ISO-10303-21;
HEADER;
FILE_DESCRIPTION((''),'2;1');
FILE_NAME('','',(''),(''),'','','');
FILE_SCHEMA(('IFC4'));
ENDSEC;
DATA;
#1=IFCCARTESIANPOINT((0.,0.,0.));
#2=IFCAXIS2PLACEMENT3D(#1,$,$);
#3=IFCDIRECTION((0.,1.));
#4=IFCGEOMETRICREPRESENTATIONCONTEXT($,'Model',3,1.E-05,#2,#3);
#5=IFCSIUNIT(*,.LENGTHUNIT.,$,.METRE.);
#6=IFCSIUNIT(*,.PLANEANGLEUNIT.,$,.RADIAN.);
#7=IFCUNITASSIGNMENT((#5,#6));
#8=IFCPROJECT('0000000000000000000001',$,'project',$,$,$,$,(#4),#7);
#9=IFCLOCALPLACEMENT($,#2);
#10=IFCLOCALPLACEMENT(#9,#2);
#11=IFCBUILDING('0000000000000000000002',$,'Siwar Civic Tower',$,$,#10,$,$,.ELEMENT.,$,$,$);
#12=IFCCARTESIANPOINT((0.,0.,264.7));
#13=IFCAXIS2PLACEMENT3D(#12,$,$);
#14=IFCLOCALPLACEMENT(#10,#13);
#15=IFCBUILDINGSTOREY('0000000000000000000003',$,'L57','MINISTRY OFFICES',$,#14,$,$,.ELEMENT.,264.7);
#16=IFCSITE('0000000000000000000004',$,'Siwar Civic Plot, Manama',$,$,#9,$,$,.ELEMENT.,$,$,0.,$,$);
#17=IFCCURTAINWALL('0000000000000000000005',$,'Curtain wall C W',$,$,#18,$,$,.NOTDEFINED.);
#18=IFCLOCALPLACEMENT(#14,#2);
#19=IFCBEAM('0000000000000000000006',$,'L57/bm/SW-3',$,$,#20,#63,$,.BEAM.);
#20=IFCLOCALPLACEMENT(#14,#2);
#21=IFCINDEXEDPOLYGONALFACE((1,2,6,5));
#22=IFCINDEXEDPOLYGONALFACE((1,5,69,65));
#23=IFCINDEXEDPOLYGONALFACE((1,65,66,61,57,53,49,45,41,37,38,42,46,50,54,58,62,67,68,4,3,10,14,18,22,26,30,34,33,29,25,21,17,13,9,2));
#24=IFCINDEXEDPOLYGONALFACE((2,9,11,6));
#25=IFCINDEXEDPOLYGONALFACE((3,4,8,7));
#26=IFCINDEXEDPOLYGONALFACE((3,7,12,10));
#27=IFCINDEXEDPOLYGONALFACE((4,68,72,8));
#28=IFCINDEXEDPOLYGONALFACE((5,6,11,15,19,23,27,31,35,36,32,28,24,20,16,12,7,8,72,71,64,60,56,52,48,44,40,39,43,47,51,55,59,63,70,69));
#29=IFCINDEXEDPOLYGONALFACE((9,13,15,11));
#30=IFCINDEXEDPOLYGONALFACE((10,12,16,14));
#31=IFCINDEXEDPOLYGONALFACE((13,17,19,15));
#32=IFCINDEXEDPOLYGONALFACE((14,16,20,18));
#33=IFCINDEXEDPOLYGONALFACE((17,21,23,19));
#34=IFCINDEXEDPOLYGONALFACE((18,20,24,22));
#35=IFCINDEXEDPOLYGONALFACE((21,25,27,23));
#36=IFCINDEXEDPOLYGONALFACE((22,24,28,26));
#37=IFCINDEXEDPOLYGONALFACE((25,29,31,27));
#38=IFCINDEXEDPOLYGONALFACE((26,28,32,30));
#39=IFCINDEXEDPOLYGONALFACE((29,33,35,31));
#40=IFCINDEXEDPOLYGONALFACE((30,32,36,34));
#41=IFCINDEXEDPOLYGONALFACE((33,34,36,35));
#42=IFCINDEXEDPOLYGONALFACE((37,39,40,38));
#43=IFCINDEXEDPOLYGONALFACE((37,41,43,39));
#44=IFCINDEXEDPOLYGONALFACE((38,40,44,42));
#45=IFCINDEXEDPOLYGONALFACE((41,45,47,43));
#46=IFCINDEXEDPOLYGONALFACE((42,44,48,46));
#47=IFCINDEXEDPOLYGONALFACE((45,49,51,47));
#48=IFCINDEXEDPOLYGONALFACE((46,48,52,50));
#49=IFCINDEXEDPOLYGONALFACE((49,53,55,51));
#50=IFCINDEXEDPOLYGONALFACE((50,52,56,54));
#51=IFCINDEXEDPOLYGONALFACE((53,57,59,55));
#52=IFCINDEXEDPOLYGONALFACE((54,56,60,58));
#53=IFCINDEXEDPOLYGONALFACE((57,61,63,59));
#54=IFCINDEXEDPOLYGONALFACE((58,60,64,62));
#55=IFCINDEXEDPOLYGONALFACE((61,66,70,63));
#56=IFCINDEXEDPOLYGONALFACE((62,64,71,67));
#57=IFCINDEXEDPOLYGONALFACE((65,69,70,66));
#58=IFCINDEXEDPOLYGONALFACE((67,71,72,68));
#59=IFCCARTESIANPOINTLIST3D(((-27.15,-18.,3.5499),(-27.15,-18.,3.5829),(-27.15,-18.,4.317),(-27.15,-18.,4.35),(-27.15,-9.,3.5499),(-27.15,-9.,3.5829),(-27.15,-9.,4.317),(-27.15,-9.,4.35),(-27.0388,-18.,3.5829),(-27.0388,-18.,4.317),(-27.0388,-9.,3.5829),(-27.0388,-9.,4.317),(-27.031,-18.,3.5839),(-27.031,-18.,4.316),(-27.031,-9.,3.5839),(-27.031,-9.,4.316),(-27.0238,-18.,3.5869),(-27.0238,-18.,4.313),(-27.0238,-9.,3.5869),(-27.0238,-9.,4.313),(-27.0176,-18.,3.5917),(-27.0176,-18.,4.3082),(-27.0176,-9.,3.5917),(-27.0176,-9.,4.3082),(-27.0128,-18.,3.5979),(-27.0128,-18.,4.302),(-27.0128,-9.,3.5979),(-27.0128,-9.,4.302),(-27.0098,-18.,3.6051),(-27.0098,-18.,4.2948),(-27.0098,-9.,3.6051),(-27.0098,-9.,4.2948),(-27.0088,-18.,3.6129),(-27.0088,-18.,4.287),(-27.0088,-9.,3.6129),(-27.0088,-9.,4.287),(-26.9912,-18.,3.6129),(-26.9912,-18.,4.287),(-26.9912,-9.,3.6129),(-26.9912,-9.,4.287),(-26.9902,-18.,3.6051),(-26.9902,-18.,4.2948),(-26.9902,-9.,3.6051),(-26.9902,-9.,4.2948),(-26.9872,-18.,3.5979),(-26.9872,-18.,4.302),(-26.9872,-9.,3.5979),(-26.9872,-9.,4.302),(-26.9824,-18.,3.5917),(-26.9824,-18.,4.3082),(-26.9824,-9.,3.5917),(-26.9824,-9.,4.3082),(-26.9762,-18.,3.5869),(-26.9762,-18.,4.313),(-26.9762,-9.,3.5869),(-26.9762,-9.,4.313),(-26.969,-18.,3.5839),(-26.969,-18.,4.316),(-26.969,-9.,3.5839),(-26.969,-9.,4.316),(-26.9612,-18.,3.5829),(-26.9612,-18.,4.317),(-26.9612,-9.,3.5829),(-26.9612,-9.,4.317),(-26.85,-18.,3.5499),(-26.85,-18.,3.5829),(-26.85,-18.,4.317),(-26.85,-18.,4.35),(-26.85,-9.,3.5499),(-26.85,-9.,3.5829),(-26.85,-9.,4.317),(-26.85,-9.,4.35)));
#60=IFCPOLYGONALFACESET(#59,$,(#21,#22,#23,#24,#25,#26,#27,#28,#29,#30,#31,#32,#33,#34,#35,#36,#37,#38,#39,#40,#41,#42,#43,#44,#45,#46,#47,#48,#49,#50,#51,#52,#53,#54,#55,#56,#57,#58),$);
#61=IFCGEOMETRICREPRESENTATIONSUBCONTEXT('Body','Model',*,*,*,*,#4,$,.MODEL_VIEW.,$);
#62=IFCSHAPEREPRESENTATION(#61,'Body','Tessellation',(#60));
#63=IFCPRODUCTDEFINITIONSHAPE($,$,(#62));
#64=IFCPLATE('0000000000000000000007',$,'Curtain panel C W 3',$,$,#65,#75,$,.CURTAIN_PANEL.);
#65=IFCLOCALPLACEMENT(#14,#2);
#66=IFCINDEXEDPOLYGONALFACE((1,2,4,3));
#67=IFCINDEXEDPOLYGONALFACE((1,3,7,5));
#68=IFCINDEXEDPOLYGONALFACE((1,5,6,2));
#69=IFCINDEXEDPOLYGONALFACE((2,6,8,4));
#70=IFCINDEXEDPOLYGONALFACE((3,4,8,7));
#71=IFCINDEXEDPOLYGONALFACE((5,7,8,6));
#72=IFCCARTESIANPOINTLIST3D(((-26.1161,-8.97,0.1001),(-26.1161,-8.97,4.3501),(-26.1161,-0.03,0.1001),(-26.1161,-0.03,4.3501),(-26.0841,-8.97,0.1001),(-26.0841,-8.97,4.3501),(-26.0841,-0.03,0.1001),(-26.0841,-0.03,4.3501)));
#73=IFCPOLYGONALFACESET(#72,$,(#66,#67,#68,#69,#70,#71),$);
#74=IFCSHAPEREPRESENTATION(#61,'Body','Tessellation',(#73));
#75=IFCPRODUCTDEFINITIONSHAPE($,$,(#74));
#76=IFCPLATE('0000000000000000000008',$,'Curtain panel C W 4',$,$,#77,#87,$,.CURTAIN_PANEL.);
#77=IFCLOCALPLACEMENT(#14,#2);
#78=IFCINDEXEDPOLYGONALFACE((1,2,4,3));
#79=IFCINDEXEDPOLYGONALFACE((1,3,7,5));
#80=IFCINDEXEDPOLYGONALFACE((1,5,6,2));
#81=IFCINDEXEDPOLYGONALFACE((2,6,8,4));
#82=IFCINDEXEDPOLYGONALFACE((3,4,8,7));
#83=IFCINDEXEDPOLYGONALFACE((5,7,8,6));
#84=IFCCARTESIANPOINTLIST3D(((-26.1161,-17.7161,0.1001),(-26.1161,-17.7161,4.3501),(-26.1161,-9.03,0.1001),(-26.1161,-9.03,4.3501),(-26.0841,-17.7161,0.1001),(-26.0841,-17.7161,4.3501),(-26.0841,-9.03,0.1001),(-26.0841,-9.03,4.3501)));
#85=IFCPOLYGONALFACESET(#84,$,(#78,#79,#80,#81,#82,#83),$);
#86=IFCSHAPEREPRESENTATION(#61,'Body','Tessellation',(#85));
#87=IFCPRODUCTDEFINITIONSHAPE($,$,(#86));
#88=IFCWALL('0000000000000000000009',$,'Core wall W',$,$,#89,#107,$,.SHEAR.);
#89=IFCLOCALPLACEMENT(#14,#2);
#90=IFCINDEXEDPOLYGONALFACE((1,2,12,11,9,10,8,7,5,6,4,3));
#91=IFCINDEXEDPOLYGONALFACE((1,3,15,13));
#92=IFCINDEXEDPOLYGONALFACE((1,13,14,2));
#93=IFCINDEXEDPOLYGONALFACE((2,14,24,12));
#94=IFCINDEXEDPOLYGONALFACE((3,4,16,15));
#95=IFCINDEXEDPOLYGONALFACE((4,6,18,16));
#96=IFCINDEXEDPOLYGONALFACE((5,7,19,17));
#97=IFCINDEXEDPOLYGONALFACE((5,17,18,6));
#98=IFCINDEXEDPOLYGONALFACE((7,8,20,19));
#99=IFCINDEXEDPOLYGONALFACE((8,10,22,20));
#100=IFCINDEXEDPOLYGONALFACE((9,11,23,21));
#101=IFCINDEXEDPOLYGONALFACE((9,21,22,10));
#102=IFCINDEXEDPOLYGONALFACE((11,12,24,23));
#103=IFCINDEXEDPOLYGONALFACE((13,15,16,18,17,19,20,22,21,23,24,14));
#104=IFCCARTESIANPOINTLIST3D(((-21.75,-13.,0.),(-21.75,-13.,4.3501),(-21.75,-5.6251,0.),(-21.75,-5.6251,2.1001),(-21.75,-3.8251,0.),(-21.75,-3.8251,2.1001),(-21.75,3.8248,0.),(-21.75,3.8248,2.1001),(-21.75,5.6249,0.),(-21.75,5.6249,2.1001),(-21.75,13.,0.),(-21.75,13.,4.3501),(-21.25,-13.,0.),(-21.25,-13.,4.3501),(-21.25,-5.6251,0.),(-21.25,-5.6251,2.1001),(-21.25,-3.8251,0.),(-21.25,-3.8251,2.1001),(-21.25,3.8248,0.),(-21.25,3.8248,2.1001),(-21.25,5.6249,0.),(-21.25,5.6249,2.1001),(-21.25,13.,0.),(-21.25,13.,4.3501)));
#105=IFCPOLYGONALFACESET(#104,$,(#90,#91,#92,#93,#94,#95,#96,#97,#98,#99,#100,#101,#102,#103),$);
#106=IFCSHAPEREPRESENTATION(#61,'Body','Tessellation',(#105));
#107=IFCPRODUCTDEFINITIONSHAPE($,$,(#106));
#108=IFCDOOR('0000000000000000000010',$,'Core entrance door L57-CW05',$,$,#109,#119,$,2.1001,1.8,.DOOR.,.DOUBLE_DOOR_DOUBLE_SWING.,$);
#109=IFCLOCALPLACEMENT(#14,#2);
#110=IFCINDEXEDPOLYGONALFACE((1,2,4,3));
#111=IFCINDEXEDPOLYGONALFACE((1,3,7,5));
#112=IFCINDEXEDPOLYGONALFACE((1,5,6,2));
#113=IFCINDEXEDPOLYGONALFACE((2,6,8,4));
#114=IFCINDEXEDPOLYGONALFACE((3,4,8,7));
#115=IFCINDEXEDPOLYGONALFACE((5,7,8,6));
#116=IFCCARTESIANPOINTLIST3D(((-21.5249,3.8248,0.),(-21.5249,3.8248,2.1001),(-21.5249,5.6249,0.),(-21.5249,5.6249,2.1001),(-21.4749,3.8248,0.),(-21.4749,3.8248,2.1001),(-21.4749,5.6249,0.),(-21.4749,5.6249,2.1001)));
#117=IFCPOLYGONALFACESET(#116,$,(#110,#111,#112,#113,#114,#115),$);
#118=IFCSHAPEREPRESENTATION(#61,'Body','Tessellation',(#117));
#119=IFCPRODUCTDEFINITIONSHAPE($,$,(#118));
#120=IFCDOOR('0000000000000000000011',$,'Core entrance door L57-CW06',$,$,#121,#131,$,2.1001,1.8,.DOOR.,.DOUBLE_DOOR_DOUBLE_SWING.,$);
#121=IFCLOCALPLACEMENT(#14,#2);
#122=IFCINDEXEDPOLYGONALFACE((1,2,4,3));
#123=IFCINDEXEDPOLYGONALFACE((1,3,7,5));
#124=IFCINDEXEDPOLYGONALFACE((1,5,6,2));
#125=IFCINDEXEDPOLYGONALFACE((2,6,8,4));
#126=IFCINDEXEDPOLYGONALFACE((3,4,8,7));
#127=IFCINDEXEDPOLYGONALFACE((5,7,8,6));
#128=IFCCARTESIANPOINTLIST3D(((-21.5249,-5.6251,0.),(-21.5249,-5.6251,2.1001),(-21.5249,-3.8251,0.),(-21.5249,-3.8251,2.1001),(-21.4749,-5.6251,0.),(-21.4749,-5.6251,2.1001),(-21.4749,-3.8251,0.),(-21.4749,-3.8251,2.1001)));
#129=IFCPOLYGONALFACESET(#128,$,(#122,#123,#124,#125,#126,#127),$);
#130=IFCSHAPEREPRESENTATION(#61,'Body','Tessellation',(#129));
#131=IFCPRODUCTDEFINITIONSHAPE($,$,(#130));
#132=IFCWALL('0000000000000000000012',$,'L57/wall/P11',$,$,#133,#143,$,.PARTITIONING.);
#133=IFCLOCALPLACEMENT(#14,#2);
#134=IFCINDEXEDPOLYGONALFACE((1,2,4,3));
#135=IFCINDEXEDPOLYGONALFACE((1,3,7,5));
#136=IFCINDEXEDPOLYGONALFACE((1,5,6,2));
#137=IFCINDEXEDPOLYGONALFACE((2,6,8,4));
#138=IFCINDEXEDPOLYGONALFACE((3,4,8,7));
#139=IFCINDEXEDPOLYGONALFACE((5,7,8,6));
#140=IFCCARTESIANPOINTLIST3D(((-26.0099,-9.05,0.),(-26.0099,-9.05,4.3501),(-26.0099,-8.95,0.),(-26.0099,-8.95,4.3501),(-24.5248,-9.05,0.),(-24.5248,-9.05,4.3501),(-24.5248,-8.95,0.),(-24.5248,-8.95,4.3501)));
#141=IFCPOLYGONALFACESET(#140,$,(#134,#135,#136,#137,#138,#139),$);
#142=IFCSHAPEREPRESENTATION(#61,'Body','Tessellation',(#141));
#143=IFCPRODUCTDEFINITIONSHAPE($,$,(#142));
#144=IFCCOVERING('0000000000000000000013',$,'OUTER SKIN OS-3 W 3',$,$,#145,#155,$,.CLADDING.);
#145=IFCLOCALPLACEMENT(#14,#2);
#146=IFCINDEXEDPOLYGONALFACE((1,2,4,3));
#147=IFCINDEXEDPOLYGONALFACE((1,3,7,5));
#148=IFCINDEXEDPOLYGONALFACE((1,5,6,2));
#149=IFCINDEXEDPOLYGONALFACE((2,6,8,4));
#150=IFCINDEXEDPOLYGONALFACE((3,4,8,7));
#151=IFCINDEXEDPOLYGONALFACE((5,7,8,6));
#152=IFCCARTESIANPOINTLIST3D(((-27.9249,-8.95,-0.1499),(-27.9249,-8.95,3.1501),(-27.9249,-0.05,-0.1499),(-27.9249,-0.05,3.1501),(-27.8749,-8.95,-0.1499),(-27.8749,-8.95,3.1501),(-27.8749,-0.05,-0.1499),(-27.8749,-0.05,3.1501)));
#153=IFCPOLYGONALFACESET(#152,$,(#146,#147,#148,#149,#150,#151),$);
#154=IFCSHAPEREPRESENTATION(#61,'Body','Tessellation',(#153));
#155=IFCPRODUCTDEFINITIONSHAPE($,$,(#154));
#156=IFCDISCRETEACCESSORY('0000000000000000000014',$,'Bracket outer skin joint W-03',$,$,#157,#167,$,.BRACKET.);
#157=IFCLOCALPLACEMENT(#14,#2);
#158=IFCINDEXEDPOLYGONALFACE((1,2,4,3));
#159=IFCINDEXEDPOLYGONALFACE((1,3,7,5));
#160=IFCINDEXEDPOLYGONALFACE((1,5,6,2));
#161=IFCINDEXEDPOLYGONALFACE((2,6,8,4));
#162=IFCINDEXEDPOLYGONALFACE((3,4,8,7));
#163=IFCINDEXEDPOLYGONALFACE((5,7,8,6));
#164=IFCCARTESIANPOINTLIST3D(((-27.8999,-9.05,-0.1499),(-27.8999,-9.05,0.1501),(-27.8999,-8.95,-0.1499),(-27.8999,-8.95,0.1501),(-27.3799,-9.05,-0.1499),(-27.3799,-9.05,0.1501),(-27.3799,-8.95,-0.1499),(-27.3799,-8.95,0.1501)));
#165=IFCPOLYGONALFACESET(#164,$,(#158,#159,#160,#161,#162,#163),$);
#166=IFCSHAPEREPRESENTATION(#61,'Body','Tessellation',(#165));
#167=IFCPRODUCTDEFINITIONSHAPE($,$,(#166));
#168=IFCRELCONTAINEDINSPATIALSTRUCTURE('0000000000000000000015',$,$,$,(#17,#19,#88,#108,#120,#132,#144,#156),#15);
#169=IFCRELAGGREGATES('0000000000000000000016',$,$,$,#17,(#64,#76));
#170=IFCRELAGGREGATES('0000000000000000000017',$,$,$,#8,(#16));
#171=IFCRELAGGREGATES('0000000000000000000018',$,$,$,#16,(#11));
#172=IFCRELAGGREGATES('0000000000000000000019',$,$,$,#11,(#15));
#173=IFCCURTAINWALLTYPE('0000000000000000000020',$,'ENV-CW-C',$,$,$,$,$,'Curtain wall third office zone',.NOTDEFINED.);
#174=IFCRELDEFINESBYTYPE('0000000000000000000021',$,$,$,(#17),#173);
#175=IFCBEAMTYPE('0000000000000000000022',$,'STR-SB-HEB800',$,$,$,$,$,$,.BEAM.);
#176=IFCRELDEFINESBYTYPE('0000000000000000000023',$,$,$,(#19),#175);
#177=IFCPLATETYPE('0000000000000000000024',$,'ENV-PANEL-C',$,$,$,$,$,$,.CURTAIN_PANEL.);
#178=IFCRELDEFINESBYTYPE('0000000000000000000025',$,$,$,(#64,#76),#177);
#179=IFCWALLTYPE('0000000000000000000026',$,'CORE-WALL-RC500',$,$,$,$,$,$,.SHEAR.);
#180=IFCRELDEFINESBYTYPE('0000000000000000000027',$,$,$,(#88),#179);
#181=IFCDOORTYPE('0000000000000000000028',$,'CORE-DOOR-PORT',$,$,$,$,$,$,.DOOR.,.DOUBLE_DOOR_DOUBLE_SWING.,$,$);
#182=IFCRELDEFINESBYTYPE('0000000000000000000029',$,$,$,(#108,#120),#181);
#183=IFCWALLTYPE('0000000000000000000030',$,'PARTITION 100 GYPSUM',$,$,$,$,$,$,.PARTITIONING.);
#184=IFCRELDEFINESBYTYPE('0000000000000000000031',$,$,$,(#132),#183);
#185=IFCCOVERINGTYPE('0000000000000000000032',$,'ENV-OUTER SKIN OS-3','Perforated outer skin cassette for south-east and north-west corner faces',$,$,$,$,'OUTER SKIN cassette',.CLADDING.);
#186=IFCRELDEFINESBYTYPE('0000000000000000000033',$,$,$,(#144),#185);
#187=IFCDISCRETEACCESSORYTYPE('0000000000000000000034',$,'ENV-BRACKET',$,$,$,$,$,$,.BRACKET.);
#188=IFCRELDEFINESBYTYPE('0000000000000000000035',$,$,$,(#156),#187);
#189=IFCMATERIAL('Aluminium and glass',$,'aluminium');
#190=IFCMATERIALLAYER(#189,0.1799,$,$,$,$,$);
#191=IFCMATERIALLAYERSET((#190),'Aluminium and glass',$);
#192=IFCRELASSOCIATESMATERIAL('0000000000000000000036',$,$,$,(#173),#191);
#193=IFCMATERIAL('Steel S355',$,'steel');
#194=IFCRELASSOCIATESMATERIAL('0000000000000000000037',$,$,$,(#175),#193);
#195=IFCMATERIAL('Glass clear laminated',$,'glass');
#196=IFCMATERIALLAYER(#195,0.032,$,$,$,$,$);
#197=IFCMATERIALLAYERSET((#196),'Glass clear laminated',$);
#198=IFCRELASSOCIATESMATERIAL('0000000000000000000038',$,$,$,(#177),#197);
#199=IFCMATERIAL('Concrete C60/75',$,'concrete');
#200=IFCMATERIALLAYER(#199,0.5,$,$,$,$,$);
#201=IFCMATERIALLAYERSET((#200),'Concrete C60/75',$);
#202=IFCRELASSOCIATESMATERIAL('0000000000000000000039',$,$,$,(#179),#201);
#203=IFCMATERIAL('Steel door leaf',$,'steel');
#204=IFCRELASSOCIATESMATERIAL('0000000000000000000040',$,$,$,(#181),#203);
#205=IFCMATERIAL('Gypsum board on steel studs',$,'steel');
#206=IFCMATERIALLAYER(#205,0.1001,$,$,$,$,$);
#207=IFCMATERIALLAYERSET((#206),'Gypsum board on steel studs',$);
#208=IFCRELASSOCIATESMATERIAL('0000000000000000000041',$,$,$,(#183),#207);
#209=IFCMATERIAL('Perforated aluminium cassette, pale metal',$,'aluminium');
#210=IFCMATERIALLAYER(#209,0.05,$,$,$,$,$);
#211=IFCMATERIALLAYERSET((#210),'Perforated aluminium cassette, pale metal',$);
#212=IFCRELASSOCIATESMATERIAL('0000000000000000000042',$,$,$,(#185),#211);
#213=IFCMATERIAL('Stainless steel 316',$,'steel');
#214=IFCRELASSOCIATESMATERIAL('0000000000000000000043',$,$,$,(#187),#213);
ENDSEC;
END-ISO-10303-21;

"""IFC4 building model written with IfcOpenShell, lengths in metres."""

from ifc_helpers import new_model, si_unit, direction, frame, frame_2d, origin, origin_2d, place, context, subcontext, project, spatial, rectangle, i_section, extrude, material, layer, layer_set, material_profile, profile_set, type_object, element, fill, aggregate, save


model = new_model("IFC4")

# Units and contexts
model_context = context("Model", 3, precision=1e-05, world=origin(), true_north=direction((0.0, 1.0)))
body_context = subcontext(model_context, "Body", "Model", "MODEL_VIEW")
ifc_project = project(units=[si_unit("LENGTHUNIT", "METRE"), si_unit("PLANEANGLEUNIT", "RADIAN")], contexts=[model_context])

# Site, building, storey
site_placement = place(None, origin())
site = spatial("IfcSite", under=ifc_project, at=site_placement, Name="Siwar Civic Plot, Manama", CompositionType="ELEMENT", RefElevation=0.0)
building_placement = place(site_placement, origin())
building = spatial("IfcBuilding", under=site, at=building_placement, Name="Siwar Civic Tower", CompositionType="ELEMENT")
storey_placement = place(building_placement, frame((0.0, 0.0, 264.7)))
storey = spatial("IfcBuildingStorey", under=building, at=storey_placement, Name="L57", Description="MINISTRY OFFICES", CompositionType="ELEMENT", Elevation=264.7)

# Curtain wall
ifc_material_1 = material(Name="Aluminium and glass", Category="aluminium")
ifc_layer_1 = layer(ifc_material_1, 0.1799)
ifc_layer_set_1 = layer_set([ifc_layer_1], Name="Aluminium and glass")
curtain_wall_type = type_object("IfcCurtainWallType", Name="ENV-CW-C", ElementType="Curtain wall third office zone", PredefinedType="NOTDEFINED", material=ifc_layer_set_1)
curtain_wall_placement = place(storey_placement, origin())
curtain_wall = element("IfcCurtainWall", 1, at=curtain_wall_placement, inside=storey, type_object=curtain_wall_type, Name="Curtain wall C W", PredefinedType="NOTDEFINED")

# Beam
ifc_material_2 = material(Name="Steel S355", Category="steel")
ifc_material_profile_1 = material_profile(ifc_material_2, i_section(OverallWidth=0.3, OverallDepth=0.8, WebThickness=0.0176, FlangeThickness=0.033, FilletRadius=0.03, at=origin_2d()), Name="HEB800")
ifc_profile_set_1 = profile_set([ifc_material_profile_1], Name="Steel S355")
beam_type_1 = type_object("IfcBeamType", Name="STR-SB-HEB800", PredefinedType="BEAM", material=ifc_profile_set_1)
beam_placement = place(storey_placement, frame((-27.0, -9.0, 3.95), z_axis=(0.0, -1.0, 0.0), x_axis=(1.0, 0.0, 0.0)))
element("IfcBeam", 2, at=beam_placement, inside=storey, type_object=beam_type_1, Name="L57/bm/SW-3", PredefinedType="BEAM", context=body_context, shape_type="SweptSolid", body=[
    extrude(i_section(OverallWidth=0.3, OverallDepth=0.8, WebThickness=0.0176, FlangeThickness=0.033, FilletRadius=0.03, at=origin_2d()), origin(), (0.0, 0.0, 1.0), 9.0),
])

# Plates
ifc_material_3 = material(Name="Glass clear laminated", Category="glass")
ifc_layer_2 = layer(ifc_material_3, 0.032)
ifc_layer_set_2 = layer_set([ifc_layer_2], Name="Glass clear laminated")
plate_type = type_object("IfcPlateType", Name="ENV-PANEL-C", PredefinedType="CURTAIN_PANEL", material=ifc_layer_set_2)
plate_1_placement = place(storey_placement, frame((-26.1001, -4.5, 0.1001), z_axis=(0.0, 0.0, 1.0), x_axis=(0.0, -1.0, 0.0)))
plate_1 = element("IfcPlate", 3, at=plate_1_placement, type_object=plate_type, Name="Curtain panel C W 3", PredefinedType="CURTAIN_PANEL", context=body_context, shape_type="SweptSolid", body=[
    extrude(rectangle(XDim=8.9399, YDim=0.032, at=origin_2d()), origin(), (0.0, 0.0, 1.0), 4.25),
])
plate_2_placement = place(storey_placement, frame((-26.1001, -13.373, 0.1001), z_axis=(0.0, 0.0, 1.0), x_axis=(0.0, -1.0, 0.0)))
plate_2 = element("IfcPlate", 4, at=plate_2_placement, type_object=plate_type, Name="Curtain panel C W 4", PredefinedType="CURTAIN_PANEL", context=body_context, shape_type="SweptSolid", body=[
    extrude(rectangle(XDim=8.686, YDim=0.032, at=origin_2d()), origin(), (0.0, 0.0, 1.0), 4.25),
])
aggregate(curtain_wall, [plate_1, plate_2])

# Wall, openings, doors
ifc_material_4 = material(Name="Concrete C60/75", Category="concrete")
ifc_layer_3 = layer(ifc_material_4, 0.5)
ifc_layer_set_3 = layer_set([ifc_layer_3], Name="Concrete C60/75")
wall_type_1 = type_object("IfcWallType", Name="CORE-WALL-RC500", PredefinedType="SHEAR", material=ifc_layer_set_3)
wall_1_placement = place(storey_placement, frame((-21.5, -13.0, 0.0), z_axis=(0.0, 0.0, 1.0), x_axis=(0.0, 1.0, 0.0)))
wall_1 = element("IfcWall", 5, at=wall_1_placement, inside=storey, type_object=wall_type_1, Name="Core wall W", PredefinedType="SHEAR", context=body_context, shape_type="SweptSolid", body=[
    extrude(rectangle(XDim=26.0, YDim=0.5, at=frame_2d((13.0, 0.0))), origin(), (0.0, 0.0, 1.0), 4.3501),
])
opening_1_placement = place(wall_1_placement, frame((16.825, 0.0, 0.0)))
opening_1 = element("IfcOpeningElement", 6, at=opening_1_placement, cuts=wall_1, PredefinedType="OPENING", context=body_context, shape_type="SweptSolid", body=[
    extrude(rectangle(XDim=1.8, YDim=2.1001, at=frame_2d((0.8999, 1.05))), frame((0.0, 0.26, 0.0), z_axis=(0.0, -1.0, 0.0), x_axis=(1.0, 0.0, 0.0)), (0.0, 0.0, 1.0), 0.52),
])
opening_2_placement = place(wall_1_placement, frame((7.375, 0.0, 0.0)))
opening_2 = element("IfcOpeningElement", 7, at=opening_2_placement, cuts=wall_1, PredefinedType="OPENING", context=body_context, shape_type="SweptSolid", body=[
    extrude(rectangle(XDim=1.8, YDim=2.1001, at=frame_2d((0.8999, 1.05))), frame((0.0, 0.26, 0.0), z_axis=(0.0, -1.0, 0.0), x_axis=(1.0, 0.0, 0.0)), (0.0, 0.0, 1.0), 0.52),
])
ifc_material_5 = material(Name="Steel door leaf", Category="steel")
door_type = type_object("IfcDoorType", Name="CORE-DOOR-PORT", OperationType="DOUBLE_DOOR_DOUBLE_SWING", PredefinedType="DOOR", material=ifc_material_5)
door_1_placement = place(opening_1_placement, origin())
door_1 = element("IfcDoor", 8, at=door_1_placement, inside=storey, type_object=door_type, Name="Core entrance door L57-CW05", OperationType="DOUBLE_DOOR_DOUBLE_SWING", OverallHeight=2.1001, OverallWidth=1.8, PredefinedType="DOOR", context=body_context, shape_type="SweptSolid", body=[
    extrude(rectangle(XDim=1.8, YDim=2.1001, at=frame_2d((0.8999, 1.05))), frame((0.0, 0.0249, 0.0), z_axis=(0.0, -1.0, 0.0), x_axis=(1.0, 0.0, 0.0)), (0.0, 0.0, 1.0), 0.05),
])
fill(opening_1, door_1)
door_2_placement = place(opening_2_placement, origin())
door_2 = element("IfcDoor", 9, at=door_2_placement, inside=storey, type_object=door_type, Name="Core entrance door L57-CW06", OperationType="DOUBLE_DOOR_DOUBLE_SWING", OverallHeight=2.1001, OverallWidth=1.8, PredefinedType="DOOR", context=body_context, shape_type="SweptSolid", body=[
    extrude(rectangle(XDim=1.8, YDim=2.1001, at=frame_2d((0.8999, 1.05))), frame((0.0, 0.0249, 0.0), z_axis=(0.0, -1.0, 0.0), x_axis=(1.0, 0.0, 0.0)), (0.0, 0.0, 1.0), 0.05),
])
fill(opening_2, door_2)

# Wall
ifc_material_6 = material(Name="Gypsum board on steel studs", Category="steel")
ifc_layer_4 = layer(ifc_material_6, 0.1001)
ifc_layer_set_4 = layer_set([ifc_layer_4], Name="Gypsum board on steel studs")
wall_type_2 = type_object("IfcWallType", Name="PARTITION 100 GYPSUM", PredefinedType="PARTITIONING", material=ifc_layer_set_4)
wall_2_placement = place(storey_placement, frame((-26.01, -9.0, 0.0), z_axis=(0.0, 0.0, 1.0), x_axis=(1.0, 0.0, 0.0)))
element("IfcWall", 10, at=wall_2_placement, inside=storey, type_object=wall_type_2, Name="L57/wall/P11", PredefinedType="PARTITIONING", context=body_context, shape_type="SweptSolid", body=[
    extrude(rectangle(XDim=1.4851, YDim=0.1001, at=frame_2d((0.7427, 0.0))), origin(), (0.0, 0.0, 1.0), 4.3501),
])

# Covering
ifc_material_7 = material(Name="Perforated aluminium cassette, pale metal", Category="aluminium")
ifc_layer_5 = layer(ifc_material_7, 0.05)
ifc_layer_set_5 = layer_set([ifc_layer_5], Name="Perforated aluminium cassette, pale metal")
covering_type = type_object("IfcCoveringType", Name="ENV-OUTER SKIN OS-3", Description="Perforated outer skin cassette for south-east and north-west corner faces", ElementType="OUTER SKIN cassette", PredefinedType="CLADDING", material=ifc_layer_set_5)
covering_placement = place(storey_placement, frame((-27.8999, -4.5, -0.1499), z_axis=(0.0, 0.0, 1.0), x_axis=(0.0, -1.0, 0.0)))
element("IfcCovering", 11, at=covering_placement, inside=storey, type_object=covering_type, Name="OUTER SKIN OS-3 W 3", PredefinedType="CLADDING", context=body_context, shape_type="SweptSolid", body=[
    extrude(rectangle(XDim=8.8999, YDim=0.05, at=origin_2d()), origin(), (0.0, 0.0, 1.0), 3.3),
])

# Discrete accessory
ifc_material_8 = material(Name="Stainless steel 316", Category="steel")
discrete_accessory_type = type_object("IfcDiscreteAccessoryType", Name="ENV-BRACKET", PredefinedType="BRACKET", material=ifc_material_8)
discrete_accessory_placement = place(storey_placement, frame((-27.6399, -9.0, -0.1499), z_axis=(0.0, 0.0, 1.0), x_axis=(-1.0, 0.0, 0.0)))
element("IfcDiscreteAccessory", 12, at=discrete_accessory_placement, inside=storey, type_object=discrete_accessory_type, Name="Bracket outer skin joint W-03", PredefinedType="BRACKET", context=body_context, shape_type="SweptSolid", body=[
    extrude(rectangle(XDim=0.52, YDim=0.1001, at=origin_2d()), origin(), (0.0, 0.0, 1.0), 0.3),
])

save(model, "model.ifc")
